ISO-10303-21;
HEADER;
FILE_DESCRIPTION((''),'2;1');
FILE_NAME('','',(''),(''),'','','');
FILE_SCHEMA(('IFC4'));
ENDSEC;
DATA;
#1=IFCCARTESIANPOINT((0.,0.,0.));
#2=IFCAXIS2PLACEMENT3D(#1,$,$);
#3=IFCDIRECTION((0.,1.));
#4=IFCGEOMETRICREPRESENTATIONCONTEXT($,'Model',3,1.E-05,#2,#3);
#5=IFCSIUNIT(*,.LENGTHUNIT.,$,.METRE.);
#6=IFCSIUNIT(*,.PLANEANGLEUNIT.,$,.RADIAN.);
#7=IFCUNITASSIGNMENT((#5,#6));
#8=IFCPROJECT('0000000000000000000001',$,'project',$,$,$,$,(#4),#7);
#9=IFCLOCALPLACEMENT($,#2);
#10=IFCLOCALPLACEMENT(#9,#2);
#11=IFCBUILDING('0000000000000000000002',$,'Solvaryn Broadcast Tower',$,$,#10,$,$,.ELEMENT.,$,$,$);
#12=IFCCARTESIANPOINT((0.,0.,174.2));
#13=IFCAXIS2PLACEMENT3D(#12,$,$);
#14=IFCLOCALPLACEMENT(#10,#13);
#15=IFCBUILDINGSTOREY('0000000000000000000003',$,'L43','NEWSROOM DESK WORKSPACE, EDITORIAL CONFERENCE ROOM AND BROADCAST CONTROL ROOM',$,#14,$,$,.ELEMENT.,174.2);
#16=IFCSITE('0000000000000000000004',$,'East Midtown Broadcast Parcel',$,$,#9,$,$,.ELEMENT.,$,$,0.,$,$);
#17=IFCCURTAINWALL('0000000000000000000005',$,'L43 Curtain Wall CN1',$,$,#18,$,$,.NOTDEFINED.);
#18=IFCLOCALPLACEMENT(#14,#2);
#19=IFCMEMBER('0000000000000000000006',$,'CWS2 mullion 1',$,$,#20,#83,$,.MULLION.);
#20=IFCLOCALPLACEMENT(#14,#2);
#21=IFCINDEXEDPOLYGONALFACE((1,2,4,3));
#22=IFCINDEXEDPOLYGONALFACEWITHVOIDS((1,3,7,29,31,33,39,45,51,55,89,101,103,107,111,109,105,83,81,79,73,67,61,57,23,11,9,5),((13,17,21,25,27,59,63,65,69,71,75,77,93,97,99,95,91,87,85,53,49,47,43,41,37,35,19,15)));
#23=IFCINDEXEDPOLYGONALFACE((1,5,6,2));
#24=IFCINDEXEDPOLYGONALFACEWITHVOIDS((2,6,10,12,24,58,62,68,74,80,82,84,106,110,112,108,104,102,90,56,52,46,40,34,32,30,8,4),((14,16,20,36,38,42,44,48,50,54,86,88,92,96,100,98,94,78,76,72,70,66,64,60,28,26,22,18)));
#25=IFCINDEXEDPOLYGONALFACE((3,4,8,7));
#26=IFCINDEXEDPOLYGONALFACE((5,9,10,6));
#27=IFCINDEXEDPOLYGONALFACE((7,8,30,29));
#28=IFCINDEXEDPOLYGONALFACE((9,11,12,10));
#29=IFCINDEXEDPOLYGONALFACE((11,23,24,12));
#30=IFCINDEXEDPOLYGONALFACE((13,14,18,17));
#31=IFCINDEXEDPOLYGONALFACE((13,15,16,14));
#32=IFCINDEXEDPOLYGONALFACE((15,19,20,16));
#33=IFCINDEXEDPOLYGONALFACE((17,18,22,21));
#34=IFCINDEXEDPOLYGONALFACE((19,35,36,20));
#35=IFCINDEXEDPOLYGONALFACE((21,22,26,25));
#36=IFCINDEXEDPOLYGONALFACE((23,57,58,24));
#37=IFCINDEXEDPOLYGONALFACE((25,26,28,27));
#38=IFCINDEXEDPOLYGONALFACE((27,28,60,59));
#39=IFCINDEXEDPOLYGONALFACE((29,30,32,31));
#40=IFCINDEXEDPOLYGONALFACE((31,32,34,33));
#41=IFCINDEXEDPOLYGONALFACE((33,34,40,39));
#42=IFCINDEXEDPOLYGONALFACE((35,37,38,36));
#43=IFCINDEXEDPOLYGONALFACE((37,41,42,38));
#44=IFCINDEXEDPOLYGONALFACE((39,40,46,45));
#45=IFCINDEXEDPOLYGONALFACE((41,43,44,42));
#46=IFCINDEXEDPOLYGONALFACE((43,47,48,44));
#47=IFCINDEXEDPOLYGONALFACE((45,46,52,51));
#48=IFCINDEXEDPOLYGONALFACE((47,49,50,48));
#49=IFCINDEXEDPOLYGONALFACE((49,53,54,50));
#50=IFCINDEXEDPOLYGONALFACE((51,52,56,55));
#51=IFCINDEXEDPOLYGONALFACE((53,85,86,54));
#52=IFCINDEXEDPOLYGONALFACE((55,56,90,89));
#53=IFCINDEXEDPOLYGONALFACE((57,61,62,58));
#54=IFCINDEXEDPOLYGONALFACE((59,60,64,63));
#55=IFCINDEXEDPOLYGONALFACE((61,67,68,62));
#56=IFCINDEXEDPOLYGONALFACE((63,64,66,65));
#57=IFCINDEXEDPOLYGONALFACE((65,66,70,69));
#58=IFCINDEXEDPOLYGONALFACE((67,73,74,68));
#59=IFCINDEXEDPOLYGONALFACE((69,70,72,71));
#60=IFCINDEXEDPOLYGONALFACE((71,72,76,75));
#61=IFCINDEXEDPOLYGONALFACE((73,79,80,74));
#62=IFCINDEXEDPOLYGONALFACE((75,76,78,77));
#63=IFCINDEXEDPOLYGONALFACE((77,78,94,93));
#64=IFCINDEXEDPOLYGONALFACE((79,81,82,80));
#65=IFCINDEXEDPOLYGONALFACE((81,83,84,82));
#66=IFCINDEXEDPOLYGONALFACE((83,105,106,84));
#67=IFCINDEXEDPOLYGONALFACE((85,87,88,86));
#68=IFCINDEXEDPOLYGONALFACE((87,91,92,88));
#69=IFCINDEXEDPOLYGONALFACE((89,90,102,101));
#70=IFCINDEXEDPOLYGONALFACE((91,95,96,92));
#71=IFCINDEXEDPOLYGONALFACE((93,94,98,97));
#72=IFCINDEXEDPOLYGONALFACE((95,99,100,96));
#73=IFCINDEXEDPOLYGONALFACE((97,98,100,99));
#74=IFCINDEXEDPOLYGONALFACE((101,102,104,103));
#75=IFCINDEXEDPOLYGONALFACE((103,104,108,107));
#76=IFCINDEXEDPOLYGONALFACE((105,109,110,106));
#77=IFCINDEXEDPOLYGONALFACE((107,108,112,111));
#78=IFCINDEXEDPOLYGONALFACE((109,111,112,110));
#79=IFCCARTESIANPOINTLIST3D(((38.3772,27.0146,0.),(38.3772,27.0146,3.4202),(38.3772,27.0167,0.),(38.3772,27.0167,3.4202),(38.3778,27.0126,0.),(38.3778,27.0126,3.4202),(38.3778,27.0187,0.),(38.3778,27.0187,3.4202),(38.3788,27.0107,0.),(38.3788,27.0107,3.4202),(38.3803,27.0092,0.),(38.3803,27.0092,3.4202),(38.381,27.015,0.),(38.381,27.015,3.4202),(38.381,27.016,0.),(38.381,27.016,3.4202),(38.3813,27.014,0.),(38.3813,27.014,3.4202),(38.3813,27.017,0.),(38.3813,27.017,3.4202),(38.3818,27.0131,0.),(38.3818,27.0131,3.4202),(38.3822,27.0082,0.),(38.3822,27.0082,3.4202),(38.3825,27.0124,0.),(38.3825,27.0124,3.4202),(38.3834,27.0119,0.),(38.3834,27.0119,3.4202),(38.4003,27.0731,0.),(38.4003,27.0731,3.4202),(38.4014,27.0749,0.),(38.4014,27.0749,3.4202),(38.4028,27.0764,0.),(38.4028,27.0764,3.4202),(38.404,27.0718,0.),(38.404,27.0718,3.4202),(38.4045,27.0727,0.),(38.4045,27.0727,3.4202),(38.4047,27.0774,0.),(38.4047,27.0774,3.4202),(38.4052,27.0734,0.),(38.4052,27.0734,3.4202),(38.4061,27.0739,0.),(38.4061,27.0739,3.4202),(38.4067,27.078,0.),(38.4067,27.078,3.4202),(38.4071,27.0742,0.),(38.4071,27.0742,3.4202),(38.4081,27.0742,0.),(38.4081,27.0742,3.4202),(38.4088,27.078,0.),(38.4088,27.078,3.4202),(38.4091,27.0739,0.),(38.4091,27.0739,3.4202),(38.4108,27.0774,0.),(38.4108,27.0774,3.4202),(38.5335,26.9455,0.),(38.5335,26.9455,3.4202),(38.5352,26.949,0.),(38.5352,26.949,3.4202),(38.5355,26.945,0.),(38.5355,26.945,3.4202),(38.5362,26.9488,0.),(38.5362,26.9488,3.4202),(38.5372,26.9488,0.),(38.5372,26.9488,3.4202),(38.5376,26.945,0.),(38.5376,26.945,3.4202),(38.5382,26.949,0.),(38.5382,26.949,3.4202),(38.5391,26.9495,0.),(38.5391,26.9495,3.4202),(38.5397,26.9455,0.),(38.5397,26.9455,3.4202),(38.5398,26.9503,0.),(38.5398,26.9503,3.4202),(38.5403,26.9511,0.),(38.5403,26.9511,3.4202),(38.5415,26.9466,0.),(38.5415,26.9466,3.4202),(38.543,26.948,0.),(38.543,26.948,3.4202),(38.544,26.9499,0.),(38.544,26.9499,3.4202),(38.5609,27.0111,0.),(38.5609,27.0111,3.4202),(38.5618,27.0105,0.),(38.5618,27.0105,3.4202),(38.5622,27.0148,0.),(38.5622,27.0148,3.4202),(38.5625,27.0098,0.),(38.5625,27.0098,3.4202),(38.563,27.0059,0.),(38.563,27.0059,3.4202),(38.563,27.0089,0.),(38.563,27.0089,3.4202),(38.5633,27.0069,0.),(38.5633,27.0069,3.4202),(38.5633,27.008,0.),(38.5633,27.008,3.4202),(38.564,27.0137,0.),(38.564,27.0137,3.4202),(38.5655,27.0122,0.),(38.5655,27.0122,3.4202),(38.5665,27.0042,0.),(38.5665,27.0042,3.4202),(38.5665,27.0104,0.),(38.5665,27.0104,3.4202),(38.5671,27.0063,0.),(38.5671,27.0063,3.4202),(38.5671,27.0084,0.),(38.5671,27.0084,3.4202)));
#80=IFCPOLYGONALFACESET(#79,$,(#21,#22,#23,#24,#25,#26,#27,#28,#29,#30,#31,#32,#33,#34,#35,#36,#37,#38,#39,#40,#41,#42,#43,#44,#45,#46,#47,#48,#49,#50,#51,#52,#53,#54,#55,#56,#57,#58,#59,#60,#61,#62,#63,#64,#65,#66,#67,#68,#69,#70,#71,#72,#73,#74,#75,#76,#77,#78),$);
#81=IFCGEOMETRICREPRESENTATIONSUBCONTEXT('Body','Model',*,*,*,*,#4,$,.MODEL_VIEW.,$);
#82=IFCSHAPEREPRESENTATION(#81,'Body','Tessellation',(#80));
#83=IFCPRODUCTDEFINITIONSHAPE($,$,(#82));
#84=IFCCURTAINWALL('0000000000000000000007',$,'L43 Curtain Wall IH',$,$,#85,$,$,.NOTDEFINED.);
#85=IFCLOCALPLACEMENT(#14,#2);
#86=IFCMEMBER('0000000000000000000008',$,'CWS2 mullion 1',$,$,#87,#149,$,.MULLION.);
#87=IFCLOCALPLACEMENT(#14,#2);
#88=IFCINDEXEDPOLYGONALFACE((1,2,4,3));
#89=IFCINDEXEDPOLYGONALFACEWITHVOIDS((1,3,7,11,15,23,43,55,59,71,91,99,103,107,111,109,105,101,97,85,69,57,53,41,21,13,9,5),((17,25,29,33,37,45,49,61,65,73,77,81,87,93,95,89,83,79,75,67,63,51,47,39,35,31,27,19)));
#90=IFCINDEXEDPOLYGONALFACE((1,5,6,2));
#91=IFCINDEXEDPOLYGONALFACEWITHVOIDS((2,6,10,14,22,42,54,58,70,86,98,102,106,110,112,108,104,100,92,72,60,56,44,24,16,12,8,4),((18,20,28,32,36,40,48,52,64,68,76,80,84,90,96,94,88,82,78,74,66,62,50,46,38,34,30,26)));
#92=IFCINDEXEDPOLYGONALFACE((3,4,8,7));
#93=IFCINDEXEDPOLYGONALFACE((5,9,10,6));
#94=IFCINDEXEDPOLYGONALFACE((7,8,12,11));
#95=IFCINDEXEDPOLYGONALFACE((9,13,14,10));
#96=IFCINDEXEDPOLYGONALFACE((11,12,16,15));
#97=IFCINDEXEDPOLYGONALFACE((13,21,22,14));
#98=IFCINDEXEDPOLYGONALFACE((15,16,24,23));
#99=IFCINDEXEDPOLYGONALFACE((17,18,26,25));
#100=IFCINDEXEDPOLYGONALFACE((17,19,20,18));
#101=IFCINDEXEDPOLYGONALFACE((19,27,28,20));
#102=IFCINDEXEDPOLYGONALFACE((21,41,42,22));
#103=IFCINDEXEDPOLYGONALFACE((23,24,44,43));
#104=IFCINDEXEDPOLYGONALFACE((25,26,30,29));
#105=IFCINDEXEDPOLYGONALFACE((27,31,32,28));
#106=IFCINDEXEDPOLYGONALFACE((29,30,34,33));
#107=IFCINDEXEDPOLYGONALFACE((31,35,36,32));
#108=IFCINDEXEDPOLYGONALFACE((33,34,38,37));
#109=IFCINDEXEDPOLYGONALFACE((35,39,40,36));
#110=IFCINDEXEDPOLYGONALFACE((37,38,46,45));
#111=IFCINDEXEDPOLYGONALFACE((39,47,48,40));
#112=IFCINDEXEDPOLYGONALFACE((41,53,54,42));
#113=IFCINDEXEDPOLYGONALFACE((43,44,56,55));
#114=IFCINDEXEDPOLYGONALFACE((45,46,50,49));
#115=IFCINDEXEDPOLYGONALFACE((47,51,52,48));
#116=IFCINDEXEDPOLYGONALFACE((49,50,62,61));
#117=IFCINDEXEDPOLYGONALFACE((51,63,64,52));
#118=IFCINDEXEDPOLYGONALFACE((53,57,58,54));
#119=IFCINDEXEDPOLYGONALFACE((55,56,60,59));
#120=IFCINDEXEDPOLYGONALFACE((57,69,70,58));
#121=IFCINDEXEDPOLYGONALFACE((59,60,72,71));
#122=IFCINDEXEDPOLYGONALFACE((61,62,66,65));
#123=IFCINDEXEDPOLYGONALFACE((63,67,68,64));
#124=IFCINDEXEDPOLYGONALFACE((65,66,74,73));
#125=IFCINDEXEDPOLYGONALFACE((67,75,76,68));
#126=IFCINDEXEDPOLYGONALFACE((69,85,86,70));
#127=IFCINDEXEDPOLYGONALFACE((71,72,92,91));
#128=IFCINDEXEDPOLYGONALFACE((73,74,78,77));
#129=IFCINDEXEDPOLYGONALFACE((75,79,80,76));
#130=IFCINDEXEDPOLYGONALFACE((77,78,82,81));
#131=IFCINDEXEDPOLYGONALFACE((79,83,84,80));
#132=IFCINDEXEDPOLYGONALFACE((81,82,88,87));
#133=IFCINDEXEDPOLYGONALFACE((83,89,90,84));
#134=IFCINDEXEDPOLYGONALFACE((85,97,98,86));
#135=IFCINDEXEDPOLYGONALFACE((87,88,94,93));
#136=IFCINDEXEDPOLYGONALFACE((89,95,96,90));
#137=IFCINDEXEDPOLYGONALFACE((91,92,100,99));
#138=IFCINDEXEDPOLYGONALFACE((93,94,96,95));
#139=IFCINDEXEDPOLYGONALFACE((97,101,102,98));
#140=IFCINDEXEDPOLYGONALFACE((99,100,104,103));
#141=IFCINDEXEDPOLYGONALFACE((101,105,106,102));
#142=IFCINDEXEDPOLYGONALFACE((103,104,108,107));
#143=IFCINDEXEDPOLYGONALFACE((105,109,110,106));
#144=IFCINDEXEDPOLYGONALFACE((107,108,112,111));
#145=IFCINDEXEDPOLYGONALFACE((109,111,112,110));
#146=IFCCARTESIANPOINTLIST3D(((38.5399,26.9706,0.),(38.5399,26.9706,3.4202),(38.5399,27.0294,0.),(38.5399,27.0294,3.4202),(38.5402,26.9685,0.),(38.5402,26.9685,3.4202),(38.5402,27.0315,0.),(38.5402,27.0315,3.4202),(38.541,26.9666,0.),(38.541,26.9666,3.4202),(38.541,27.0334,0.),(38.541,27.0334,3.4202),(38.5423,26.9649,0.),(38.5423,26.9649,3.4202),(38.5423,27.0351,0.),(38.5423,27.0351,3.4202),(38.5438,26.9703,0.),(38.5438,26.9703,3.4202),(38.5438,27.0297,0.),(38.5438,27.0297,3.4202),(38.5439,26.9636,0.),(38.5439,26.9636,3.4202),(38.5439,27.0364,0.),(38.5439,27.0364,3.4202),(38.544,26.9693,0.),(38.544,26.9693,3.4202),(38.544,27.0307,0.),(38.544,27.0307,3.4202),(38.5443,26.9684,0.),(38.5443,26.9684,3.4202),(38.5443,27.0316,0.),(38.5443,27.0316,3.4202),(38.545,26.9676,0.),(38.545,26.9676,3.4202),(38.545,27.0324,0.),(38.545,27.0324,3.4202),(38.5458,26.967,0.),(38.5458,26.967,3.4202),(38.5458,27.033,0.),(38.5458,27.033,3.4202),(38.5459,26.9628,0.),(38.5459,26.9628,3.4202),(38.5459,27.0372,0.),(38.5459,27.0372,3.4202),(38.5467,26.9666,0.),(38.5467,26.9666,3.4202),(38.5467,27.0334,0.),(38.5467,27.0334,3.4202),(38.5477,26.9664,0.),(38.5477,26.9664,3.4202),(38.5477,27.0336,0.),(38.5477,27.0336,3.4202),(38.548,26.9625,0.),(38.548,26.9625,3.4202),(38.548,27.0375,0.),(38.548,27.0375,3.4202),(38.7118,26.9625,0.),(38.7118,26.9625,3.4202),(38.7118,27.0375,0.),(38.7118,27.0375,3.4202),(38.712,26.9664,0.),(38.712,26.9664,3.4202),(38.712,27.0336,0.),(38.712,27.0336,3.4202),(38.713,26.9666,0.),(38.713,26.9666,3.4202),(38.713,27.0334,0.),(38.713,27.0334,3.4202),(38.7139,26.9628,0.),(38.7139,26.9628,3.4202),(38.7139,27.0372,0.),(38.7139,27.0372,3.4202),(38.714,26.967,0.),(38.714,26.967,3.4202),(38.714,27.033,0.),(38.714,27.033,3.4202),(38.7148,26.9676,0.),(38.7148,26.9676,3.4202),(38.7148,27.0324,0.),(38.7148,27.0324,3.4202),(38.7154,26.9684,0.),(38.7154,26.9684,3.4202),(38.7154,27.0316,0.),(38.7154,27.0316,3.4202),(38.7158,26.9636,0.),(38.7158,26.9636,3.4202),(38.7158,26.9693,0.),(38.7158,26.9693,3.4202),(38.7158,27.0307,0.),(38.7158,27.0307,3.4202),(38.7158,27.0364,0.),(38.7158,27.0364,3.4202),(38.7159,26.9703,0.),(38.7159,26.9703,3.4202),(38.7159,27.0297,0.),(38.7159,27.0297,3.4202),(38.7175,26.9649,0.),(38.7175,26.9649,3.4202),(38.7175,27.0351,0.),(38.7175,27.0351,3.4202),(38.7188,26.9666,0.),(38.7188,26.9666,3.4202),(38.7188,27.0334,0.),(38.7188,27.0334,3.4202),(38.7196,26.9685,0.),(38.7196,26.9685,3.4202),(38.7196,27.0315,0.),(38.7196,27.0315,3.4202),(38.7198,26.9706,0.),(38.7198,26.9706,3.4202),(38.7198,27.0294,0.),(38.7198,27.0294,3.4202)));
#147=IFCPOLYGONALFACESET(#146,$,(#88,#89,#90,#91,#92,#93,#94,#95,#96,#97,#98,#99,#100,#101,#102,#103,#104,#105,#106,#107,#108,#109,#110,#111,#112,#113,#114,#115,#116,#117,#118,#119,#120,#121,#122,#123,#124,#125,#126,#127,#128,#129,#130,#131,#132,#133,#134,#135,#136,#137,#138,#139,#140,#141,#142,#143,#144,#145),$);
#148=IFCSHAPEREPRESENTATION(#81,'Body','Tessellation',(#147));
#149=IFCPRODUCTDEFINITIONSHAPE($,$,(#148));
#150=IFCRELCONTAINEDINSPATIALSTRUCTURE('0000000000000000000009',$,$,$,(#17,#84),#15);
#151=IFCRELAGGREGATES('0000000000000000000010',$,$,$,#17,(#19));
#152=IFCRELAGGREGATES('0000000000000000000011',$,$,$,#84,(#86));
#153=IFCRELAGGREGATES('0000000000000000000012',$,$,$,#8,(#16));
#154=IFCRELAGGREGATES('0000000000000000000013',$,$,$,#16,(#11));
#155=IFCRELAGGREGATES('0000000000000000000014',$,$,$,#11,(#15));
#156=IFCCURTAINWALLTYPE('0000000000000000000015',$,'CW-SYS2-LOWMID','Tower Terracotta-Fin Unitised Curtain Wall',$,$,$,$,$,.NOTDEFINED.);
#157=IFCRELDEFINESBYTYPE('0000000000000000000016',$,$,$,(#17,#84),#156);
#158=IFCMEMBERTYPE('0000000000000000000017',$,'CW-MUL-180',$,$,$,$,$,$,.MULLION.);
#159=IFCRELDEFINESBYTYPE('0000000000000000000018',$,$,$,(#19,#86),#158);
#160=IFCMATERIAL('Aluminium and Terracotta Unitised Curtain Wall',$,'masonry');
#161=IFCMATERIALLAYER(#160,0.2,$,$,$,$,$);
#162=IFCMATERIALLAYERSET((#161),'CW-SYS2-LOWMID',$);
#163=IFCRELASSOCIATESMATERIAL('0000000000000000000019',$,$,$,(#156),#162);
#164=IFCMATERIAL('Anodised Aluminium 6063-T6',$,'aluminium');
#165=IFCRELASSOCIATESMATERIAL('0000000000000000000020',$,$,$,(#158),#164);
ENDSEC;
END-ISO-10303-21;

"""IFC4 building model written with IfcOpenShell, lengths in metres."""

from ifc_helpers import new_model, si_unit, direction, frame, origin, origin_2d, place, context, subcontext, project, spatial, hollow_rectangle, extrude, material, layer, layer_set, material_profile, profile_set, type_object, element, aggregate, save


model = new_model("IFC4")

# Units and contexts
model_context = context("Model", 3, precision=1e-05, world=origin(), true_north=direction((0.0, 1.0)))
body_context = subcontext(model_context, "Body", "Model", "MODEL_VIEW")
ifc_project = project(units=[si_unit("LENGTHUNIT", "METRE"), si_unit("PLANEANGLEUNIT", "RADIAN")], contexts=[model_context])

# Site, building, storey
site_placement = place(None, origin())
site = spatial("IfcSite", under=ifc_project, at=site_placement, Name="East Midtown Broadcast Parcel", CompositionType="ELEMENT", RefElevation=0.0)
building_placement = place(site_placement, origin())
building = spatial("IfcBuilding", under=site, at=building_placement, Name="Solvaryn Broadcast Tower", CompositionType="ELEMENT")
storey_placement = place(building_placement, frame((0.0, 0.0, 174.2)))
storey = spatial("IfcBuildingStorey", under=building, at=storey_placement, Name="L43", Description="NEWSROOM DESK WORKSPACE, EDITORIAL CONFERENCE ROOM AND BROADCAST CONTROL ROOM", CompositionType="ELEMENT", Elevation=174.2)

# Curtain walls, members
ifc_material_1 = material(Name="Aluminium and Terracotta Unitised Curtain Wall", Category="masonry")
ifc_layer_1 = layer(ifc_material_1, 0.2)
ifc_layer_set_1 = layer_set([ifc_layer_1], Name="CW-SYS2-LOWMID")
curtain_wall_type = type_object("IfcCurtainWallType", Name="CW-SYS2-LOWMID", Description="Tower Terracotta-Fin Unitised Curtain Wall", PredefinedType="NOTDEFINED", material=ifc_layer_set_1)
curtain_wall_1_placement = place(storey_placement, origin())
curtain_wall_1 = element("IfcCurtainWall", 1, at=curtain_wall_1_placement, inside=storey, type_object=curtain_wall_type, Name="L43 Curtain Wall CN1", PredefinedType="NOTDEFINED")
ifc_material_2 = material(Name="Anodised Aluminium 6063-T6", Category="aluminium")
ifc_material_profile_1 = material_profile(ifc_material_2, hollow_rectangle(XDim=0.075, YDim=0.1799, WallThickness=0.0039, InnerFilletRadius=0.0039, OuterFilletRadius=0.0081, at=origin_2d()))
ifc_profile_set_1 = profile_set([ifc_material_profile_1], Name="Anodised Aluminium 6063-T6")
member_type_1 = type_object("IfcMemberType", Name="CW-MUL-180", PredefinedType="MULLION", material=ifc_profile_set_1)
member_1_placement = place(storey_placement, frame((38.4722, 27.0115, 0.0), z_axis=(0.0, 0.0, 1.0), x_axis=(-0.382646, -0.923895, 0.0)))
member_1 = element("IfcMember", 2, at=member_1_placement, type_object=member_type_1, Name="CWS2 mullion 1", PredefinedType="MULLION", context=body_context, shape_type="SweptSolid", body=[
    extrude(hollow_rectangle(XDim=0.075, YDim=0.1799, WallThickness=0.0039, InnerFilletRadius=0.0039, OuterFilletRadius=0.0081, at=origin_2d()), origin(), (0.0, 0.0, 1.0), 3.4202),
])
curtain_wall_2_placement = place(storey_placement, origin())
curtain_wall_2 = element("IfcCurtainWall", 3, at=curtain_wall_2_placement, inside=storey, type_object=curtain_wall_type, Name="L43 Curtain Wall IH", PredefinedType="NOTDEFINED")
member_2_placement = place(storey_placement, frame((38.6299, 27.0, 0.0), z_axis=(0.0, 0.0, 1.0), x_axis=(0.0, 1.0, 0.0)))
member_2 = element("IfcMember", 4, at=member_2_placement, type_object=member_type_1, Name="CWS2 mullion 1", PredefinedType="MULLION", context=body_context, shape_type="SweptSolid", body=[
    extrude(hollow_rectangle(XDim=0.075, YDim=0.1799, WallThickness=0.0039, InnerFilletRadius=0.0039, OuterFilletRadius=0.0081, at=origin_2d()), origin(), (0.0, 0.0, 1.0), 3.4202),
])

aggregate(curtain_wall_1, [member_1])
aggregate(curtain_wall_2, [member_2])

save(model, "model.ifc")
